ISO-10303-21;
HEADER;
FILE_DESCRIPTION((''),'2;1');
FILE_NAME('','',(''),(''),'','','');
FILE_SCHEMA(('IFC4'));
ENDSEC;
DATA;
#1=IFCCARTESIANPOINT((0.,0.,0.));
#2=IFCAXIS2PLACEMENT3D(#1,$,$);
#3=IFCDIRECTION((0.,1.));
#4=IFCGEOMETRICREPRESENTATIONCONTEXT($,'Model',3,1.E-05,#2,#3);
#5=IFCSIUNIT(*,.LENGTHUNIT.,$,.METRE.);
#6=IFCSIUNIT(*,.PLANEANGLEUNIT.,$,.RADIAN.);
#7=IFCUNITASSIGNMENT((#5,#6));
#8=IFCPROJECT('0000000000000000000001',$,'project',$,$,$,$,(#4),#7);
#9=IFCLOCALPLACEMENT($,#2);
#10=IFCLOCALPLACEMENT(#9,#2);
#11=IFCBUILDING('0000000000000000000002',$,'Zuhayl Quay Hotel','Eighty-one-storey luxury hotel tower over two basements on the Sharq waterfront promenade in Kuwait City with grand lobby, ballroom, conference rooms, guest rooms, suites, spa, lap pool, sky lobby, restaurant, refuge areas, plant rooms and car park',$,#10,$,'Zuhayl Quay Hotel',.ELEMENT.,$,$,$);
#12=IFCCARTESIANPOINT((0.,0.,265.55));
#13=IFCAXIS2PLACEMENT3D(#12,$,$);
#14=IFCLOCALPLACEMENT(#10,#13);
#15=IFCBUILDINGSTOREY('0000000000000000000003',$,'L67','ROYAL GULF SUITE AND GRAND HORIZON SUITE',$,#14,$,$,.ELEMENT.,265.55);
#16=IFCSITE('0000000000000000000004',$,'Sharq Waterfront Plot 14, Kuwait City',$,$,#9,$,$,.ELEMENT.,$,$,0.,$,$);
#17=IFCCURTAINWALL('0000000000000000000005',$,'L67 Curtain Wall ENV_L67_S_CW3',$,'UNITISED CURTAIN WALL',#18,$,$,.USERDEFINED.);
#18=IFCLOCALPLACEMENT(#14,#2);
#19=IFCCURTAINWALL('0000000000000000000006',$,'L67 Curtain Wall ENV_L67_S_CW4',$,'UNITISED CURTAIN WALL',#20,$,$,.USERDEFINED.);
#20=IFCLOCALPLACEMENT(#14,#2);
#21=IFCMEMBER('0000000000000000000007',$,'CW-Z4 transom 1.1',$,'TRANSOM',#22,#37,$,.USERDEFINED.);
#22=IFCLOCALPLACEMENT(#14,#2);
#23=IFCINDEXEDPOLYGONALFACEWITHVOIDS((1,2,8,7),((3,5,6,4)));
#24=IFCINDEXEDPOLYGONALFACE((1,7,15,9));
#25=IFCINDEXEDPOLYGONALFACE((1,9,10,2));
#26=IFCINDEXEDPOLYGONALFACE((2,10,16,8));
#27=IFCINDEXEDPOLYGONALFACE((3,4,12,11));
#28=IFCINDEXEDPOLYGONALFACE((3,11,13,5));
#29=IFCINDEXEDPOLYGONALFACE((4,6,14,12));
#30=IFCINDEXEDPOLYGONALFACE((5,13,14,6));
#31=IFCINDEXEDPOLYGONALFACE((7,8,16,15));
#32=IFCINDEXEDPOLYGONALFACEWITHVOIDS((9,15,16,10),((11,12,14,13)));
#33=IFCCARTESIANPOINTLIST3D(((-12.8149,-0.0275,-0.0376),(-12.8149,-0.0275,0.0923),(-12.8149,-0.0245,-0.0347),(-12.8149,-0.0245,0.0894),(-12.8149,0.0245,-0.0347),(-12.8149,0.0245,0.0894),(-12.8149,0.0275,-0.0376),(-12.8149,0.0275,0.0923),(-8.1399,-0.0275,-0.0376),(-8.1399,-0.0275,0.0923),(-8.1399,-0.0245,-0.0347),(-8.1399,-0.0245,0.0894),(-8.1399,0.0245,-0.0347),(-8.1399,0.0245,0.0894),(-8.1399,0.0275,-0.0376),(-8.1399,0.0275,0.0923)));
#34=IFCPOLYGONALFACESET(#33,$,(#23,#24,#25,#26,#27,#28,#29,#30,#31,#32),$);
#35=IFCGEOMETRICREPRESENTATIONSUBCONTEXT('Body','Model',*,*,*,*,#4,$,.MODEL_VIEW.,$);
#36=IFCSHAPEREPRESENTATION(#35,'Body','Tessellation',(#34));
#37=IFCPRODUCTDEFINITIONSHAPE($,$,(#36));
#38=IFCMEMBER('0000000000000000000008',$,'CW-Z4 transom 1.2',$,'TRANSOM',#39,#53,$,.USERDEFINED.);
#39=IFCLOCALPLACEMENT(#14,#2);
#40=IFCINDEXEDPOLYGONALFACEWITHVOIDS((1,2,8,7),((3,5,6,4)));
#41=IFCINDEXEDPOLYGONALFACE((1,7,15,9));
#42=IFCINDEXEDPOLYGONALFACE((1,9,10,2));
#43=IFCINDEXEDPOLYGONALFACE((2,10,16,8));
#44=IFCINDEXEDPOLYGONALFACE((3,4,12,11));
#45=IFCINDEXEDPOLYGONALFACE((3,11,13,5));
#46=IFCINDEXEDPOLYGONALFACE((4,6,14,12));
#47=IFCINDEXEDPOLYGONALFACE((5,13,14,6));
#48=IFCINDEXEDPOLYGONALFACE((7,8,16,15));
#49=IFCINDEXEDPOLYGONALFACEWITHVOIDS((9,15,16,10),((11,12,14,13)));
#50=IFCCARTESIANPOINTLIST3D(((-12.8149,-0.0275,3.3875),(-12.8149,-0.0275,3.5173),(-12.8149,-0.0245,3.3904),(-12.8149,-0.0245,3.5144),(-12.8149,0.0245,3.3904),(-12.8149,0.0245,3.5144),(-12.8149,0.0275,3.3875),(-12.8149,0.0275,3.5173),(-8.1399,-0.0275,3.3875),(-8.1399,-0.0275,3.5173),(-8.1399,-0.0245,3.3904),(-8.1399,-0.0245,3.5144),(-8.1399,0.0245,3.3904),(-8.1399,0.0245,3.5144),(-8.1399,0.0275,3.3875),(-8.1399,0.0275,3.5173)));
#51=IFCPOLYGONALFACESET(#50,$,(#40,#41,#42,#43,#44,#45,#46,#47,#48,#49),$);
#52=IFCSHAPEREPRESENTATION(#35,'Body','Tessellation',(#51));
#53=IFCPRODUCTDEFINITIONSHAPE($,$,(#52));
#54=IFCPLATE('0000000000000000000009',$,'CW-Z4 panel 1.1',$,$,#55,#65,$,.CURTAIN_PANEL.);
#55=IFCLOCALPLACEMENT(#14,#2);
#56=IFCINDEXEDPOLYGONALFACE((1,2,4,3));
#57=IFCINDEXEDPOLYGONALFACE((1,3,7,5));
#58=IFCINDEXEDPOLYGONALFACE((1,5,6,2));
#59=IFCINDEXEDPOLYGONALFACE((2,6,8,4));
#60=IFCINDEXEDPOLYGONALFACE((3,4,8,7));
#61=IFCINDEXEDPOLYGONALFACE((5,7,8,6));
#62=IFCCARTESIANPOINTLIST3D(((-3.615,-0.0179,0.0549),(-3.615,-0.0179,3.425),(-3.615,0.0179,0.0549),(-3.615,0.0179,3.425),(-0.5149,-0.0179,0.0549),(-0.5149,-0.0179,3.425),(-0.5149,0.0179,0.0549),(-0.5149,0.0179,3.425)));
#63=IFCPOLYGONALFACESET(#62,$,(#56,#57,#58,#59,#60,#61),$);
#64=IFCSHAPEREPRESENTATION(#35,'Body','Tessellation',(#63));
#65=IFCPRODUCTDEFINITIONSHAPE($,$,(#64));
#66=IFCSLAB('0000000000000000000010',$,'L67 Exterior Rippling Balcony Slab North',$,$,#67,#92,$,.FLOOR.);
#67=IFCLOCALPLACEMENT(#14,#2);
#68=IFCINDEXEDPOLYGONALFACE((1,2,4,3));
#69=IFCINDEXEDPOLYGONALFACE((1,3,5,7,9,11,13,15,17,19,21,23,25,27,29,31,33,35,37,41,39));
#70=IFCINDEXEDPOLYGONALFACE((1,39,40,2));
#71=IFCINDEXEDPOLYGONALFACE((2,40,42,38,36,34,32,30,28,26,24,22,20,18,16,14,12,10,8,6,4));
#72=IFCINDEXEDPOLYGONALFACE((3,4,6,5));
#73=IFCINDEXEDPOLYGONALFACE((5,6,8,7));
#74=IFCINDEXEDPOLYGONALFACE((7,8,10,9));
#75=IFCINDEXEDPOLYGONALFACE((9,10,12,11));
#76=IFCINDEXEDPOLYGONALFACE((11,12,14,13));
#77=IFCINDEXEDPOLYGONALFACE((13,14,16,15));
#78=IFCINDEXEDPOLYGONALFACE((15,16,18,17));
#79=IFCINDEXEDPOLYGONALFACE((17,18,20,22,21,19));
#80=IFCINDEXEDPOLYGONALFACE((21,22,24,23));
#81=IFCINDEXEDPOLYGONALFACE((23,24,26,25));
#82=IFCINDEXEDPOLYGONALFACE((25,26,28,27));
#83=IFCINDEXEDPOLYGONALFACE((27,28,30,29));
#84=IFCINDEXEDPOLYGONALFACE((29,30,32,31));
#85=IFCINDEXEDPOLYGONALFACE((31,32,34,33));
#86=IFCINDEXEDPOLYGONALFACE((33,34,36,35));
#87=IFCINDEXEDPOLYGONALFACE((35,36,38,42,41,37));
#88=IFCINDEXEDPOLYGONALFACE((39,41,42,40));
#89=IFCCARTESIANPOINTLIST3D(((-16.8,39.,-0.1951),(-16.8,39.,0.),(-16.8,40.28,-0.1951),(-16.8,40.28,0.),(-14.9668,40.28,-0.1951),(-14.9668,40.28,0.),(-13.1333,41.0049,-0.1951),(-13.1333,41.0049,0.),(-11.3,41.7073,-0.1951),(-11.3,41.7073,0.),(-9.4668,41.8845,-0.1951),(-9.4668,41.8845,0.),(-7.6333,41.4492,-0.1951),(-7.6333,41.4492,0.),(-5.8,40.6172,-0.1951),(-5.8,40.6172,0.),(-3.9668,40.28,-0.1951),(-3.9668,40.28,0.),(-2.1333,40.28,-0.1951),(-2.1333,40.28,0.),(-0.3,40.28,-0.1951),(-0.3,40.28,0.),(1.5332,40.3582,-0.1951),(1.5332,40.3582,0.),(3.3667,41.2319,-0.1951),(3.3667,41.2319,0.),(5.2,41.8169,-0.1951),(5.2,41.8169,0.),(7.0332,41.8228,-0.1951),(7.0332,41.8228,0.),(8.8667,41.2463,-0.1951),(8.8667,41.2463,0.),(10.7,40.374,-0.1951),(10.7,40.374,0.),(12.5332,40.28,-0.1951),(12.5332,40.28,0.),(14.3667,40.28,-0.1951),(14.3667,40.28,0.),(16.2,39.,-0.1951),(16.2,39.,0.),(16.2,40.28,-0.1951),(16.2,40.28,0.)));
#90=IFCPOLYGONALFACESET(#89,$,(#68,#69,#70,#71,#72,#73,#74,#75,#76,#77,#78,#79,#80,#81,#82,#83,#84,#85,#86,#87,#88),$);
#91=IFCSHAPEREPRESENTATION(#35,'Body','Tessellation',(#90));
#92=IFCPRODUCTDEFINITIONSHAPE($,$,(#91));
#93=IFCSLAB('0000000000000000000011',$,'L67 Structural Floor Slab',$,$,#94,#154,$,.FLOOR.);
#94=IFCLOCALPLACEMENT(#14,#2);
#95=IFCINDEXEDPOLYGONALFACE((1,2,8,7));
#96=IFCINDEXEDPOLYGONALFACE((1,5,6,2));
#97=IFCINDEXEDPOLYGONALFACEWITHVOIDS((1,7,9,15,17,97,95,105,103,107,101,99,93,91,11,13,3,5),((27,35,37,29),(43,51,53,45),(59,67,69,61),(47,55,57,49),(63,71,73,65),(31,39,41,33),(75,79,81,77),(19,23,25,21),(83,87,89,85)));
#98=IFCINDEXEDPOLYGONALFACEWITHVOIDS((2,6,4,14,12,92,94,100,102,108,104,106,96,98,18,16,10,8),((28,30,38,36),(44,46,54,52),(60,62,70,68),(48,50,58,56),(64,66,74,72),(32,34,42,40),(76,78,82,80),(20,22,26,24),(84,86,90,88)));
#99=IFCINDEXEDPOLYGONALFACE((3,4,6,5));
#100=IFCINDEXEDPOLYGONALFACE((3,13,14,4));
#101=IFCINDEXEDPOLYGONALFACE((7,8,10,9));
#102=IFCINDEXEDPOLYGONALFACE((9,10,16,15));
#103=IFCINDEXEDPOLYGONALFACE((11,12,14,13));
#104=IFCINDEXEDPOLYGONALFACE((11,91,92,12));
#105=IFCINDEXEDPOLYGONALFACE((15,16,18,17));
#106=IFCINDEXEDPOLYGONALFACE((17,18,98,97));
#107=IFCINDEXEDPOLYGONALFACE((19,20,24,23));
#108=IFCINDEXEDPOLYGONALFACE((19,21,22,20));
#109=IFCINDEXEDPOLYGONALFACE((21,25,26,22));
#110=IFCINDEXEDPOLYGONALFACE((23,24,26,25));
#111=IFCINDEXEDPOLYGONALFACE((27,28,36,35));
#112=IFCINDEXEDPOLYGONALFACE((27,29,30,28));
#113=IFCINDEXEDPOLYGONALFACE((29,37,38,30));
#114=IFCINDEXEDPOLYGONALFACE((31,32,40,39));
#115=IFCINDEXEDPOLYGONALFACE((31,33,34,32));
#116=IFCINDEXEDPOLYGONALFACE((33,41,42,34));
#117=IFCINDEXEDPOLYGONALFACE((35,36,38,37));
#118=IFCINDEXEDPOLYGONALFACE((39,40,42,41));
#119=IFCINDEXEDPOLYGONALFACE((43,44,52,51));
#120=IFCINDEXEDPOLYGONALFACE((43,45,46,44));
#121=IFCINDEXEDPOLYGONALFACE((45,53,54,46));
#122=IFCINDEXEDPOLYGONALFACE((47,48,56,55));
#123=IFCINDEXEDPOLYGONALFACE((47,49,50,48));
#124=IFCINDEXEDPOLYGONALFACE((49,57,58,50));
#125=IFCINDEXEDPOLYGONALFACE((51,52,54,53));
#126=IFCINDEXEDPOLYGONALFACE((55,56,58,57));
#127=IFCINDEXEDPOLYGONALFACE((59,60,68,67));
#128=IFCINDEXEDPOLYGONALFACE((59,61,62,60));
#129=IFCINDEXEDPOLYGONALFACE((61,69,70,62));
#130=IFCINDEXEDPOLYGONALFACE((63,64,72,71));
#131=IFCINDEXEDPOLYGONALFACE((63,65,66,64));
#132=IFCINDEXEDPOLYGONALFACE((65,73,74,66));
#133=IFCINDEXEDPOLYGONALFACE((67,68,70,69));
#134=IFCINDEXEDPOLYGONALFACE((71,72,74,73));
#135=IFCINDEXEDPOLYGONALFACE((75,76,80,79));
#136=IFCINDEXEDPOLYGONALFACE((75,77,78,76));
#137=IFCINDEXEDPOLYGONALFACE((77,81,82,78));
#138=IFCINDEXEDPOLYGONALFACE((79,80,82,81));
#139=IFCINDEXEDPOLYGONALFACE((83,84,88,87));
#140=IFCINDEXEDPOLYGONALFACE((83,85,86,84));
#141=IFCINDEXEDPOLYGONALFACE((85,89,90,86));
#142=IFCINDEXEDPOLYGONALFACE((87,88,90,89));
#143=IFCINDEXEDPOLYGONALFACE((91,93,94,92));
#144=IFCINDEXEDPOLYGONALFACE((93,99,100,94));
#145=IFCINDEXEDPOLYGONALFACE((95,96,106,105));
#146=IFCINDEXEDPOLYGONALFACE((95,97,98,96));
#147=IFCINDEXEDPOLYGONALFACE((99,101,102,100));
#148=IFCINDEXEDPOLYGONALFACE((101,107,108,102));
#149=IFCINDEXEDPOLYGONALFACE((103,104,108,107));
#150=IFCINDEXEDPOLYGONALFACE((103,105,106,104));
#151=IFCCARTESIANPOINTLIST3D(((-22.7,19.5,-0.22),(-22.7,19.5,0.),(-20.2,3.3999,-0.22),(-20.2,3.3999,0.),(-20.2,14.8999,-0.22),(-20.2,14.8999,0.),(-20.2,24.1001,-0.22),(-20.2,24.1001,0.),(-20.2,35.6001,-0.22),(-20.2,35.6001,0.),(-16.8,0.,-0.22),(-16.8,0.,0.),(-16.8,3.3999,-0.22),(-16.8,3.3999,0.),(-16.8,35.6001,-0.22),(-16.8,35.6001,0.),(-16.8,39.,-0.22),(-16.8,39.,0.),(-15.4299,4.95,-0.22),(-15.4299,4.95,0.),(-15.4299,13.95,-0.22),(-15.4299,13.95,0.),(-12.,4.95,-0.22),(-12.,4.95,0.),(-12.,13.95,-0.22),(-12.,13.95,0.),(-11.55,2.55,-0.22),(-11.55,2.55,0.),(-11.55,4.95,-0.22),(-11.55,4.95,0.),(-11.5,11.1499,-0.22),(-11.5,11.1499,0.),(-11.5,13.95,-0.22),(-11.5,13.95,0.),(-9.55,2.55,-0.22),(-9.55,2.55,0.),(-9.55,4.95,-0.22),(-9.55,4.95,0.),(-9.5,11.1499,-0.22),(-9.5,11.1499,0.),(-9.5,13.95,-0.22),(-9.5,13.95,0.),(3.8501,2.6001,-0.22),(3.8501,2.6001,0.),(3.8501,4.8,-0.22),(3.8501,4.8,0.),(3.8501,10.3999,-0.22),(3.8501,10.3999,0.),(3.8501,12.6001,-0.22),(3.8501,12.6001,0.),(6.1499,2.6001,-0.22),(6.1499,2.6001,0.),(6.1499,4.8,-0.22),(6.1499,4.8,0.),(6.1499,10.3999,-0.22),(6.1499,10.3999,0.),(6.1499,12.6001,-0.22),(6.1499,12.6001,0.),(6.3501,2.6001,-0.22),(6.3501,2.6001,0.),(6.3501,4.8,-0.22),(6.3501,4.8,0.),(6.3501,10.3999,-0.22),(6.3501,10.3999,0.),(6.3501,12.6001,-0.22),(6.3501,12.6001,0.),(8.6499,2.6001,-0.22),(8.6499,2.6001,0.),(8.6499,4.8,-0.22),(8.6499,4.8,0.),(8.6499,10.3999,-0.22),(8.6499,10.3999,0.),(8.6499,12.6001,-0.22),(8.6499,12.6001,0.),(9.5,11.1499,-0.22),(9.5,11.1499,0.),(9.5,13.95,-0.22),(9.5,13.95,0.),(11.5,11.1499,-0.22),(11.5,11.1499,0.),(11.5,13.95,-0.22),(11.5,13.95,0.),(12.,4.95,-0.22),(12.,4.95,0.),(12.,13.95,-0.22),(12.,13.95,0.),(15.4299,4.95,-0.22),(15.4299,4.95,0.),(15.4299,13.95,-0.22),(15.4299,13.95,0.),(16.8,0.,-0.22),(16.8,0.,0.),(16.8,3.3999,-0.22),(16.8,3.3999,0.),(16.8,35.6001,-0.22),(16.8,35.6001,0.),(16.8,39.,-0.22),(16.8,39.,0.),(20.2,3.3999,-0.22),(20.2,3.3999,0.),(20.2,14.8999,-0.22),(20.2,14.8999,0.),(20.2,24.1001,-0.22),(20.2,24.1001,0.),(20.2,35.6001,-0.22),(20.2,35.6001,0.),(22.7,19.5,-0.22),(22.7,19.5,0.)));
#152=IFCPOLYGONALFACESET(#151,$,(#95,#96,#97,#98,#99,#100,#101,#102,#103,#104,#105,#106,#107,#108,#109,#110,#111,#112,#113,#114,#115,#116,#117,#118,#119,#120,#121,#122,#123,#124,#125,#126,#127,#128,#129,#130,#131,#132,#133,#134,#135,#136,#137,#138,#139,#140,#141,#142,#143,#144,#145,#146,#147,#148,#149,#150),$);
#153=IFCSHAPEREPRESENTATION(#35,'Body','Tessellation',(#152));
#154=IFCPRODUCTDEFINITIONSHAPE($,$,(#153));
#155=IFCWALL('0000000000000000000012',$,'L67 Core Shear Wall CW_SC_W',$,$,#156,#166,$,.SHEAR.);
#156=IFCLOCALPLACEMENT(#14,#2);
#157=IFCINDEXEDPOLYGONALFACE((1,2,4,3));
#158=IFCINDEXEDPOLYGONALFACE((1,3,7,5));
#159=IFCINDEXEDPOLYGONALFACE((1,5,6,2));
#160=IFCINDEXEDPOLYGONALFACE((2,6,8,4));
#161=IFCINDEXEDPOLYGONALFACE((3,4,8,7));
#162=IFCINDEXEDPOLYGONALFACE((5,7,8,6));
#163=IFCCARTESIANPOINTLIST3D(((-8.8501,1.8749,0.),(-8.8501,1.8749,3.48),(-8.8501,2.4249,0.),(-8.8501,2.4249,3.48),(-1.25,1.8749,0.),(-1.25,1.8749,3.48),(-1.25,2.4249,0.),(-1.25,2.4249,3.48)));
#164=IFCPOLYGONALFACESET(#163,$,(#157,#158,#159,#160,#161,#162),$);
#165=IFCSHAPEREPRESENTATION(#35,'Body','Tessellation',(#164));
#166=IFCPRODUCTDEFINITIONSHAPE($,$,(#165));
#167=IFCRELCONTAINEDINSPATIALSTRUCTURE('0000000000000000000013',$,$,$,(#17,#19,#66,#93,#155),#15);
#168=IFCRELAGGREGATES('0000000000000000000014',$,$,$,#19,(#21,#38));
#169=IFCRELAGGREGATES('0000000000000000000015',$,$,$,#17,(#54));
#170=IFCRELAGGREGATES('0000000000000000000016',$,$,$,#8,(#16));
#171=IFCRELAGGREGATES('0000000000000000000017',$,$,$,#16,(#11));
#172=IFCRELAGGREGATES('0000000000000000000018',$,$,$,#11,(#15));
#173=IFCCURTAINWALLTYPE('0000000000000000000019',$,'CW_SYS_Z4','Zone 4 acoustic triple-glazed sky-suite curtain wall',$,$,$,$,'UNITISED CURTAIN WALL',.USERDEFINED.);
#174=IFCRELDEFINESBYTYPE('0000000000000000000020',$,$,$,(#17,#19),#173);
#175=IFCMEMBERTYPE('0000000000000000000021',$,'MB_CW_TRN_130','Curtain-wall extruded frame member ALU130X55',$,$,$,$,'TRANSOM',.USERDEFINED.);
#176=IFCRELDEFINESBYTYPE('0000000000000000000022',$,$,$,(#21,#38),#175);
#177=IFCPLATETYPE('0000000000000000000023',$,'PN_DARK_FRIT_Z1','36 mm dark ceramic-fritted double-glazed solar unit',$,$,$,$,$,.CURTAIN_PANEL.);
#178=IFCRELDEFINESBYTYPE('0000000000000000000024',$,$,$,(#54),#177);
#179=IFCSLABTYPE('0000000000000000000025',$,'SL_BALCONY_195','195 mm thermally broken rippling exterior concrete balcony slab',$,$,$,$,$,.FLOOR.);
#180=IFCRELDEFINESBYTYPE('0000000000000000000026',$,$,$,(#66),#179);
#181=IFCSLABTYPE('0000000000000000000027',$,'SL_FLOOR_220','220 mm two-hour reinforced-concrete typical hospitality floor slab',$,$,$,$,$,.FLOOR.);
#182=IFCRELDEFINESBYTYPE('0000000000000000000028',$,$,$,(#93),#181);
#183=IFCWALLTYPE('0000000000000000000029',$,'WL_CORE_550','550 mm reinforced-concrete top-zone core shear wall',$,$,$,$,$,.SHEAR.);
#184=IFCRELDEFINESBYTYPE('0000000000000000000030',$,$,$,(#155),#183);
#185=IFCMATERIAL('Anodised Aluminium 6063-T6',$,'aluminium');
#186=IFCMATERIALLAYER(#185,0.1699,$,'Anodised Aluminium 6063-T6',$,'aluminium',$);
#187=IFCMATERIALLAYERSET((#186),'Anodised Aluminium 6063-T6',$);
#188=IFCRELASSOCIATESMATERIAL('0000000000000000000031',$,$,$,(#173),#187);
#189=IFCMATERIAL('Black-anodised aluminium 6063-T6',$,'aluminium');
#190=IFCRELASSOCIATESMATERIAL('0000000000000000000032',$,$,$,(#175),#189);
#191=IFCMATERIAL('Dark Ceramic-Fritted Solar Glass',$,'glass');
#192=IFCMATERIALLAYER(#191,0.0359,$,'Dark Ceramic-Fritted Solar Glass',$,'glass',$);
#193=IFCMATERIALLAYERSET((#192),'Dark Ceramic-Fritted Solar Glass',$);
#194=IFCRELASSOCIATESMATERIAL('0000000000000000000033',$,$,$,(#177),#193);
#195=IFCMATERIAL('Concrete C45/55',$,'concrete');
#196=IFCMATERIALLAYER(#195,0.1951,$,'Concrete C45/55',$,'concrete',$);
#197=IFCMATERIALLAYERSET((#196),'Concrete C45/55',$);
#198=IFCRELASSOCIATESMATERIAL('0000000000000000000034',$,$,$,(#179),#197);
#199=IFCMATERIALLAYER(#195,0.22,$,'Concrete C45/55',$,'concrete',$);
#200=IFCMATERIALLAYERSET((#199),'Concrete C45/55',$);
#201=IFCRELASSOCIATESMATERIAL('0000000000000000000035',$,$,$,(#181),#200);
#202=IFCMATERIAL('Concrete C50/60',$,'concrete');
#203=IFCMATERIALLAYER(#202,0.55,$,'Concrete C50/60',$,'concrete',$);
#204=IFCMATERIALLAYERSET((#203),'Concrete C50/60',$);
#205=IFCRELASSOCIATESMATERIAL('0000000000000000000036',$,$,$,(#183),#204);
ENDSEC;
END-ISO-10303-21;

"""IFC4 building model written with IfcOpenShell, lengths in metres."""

from ifc_helpers import new_model, si_unit, direction, frame, frame_2d, origin, origin_2d, place, context, subcontext, project, spatial, polyline, rectangle, hollow_rectangle, outline, extrude, material, layer, layer_set, material_profile, profile_set, type_object, element, aggregate, save


model = new_model("IFC4")

# Units and contexts
model_context = context("Model", 3, precision=1e-05, world=origin(), true_north=direction((0.0, 1.0)))
body_context = subcontext(model_context, "Body", "Model", "MODEL_VIEW")
ifc_project = project(units=[si_unit("LENGTHUNIT", "METRE"), si_unit("PLANEANGLEUNIT", "RADIAN")], contexts=[model_context])

# Site, building, storey
site_placement = place(None, origin())
site = spatial("IfcSite", under=ifc_project, at=site_placement, Name="Sharq Waterfront Plot 14, Kuwait City", CompositionType="ELEMENT", RefElevation=0.0)
building_placement = place(site_placement, origin())
building = spatial("IfcBuilding", under=site, at=building_placement, Name="Zuhayl Quay Hotel", Description="Eighty-one-storey luxury hotel tower over two basements on the Sharq waterfront promenade in Kuwait City with grand lobby, ballroom, conference rooms, guest rooms, suites, spa, lap pool, sky lobby, restaurant, refuge areas, plant rooms and car park", LongName="Zuhayl Quay Hotel", CompositionType="ELEMENT")
storey_placement = place(building_placement, frame((0.0, 0.0, 265.55)))
storey = spatial("IfcBuildingStorey", under=building, at=storey_placement, Name="L67", Description="ROYAL GULF SUITE AND GRAND HORIZON SUITE", CompositionType="ELEMENT", Elevation=265.55)

# Curtain wall
ifc_material_1 = material(Name="Anodised Aluminium 6063-T6", Category="aluminium")
ifc_layer_1 = layer(ifc_material_1, 0.1699, Name="Anodised Aluminium 6063-T6", Category="aluminium")
ifc_layer_set_1 = layer_set([ifc_layer_1], Name="Anodised Aluminium 6063-T6")
curtain_wall_type = type_object("IfcCurtainWallType", Name="CW_SYS_Z4", Description="Zone 4 acoustic triple-glazed sky-suite curtain wall", ElementType="UNITISED CURTAIN WALL", PredefinedType="USERDEFINED", material=ifc_layer_set_1)
curtain_wall_1_placement = place(storey_placement, origin())
curtain_wall_1 = element("IfcCurtainWall", 1, at=curtain_wall_1_placement, inside=storey, type_object=curtain_wall_type, Name="L67 Curtain Wall ENV_L67_S_CW3", ObjectType="UNITISED CURTAIN WALL", PredefinedType="USERDEFINED")
ifc_material_2 = material(Name="Black-anodised aluminium 6063-T6", Category="aluminium")

# Curtain wall
curtain_wall_2_placement = place(storey_placement, origin())
curtain_wall_2 = element("IfcCurtainWall", 2, at=curtain_wall_2_placement, inside=storey, type_object=curtain_wall_type, Name="L67 Curtain Wall ENV_L67_S_CW4", ObjectType="UNITISED CURTAIN WALL", PredefinedType="USERDEFINED")

# Members
ifc_material_profile_1 = material_profile(ifc_material_2, hollow_rectangle(XDim=0.0549, YDim=0.1299, WallThickness=0.0029, at=origin_2d()), Name="ALU130X55")
ifc_profile_set_1 = profile_set([ifc_material_profile_1], Name="Black-anodised aluminium 6063-T6")
member_type_1 = type_object("IfcMemberType", Name="MB_CW_TRN_130", Description="Curtain-wall extruded frame member ALU130X55", ElementType="TRANSOM", PredefinedType="USERDEFINED", material=ifc_profile_set_1)
member_1_placement = place(storey_placement, frame((-8.1399, 0.0, 0.0273), z_axis=(-1.0, 0.0, 0.0), x_axis=(0.0, -1.0, 0.0)))
member_1 = element("IfcMember", 3, at=member_1_placement, type_object=member_type_1, Name="CW-Z4 transom 1.1", ObjectType="TRANSOM", PredefinedType="USERDEFINED", context=body_context, shape_type="SweptSolid", body=[
    extrude(hollow_rectangle(XDim=0.0549, YDim=0.1299, WallThickness=0.0029, at=origin_2d()), origin(), (0.0, 0.0, 1.0), 4.675),
])
member_2_placement = place(storey_placement, frame((-8.1399, 0.0, 3.4524), z_axis=(-1.0, 0.0, 0.0), x_axis=(0.0, -1.0, 0.0)))
member_2 = element("IfcMember", 4, at=member_2_placement, type_object=member_type_1, Name="CW-Z4 transom 1.2", ObjectType="TRANSOM", PredefinedType="USERDEFINED", context=body_context, shape_type="SweptSolid", body=[
    extrude(hollow_rectangle(XDim=0.0549, YDim=0.1299, WallThickness=0.0029, at=origin_2d()), origin(), (0.0, 0.0, 1.0), 4.675),
])
aggregate(curtain_wall_2, [member_1, member_2])

# Plate
ifc_material_3 = material(Name="Dark Ceramic-Fritted Solar Glass", Category="glass")
ifc_layer_2 = layer(ifc_material_3, 0.0359, Name="Dark Ceramic-Fritted Solar Glass", Category="glass")
ifc_layer_set_2 = layer_set([ifc_layer_2], Name="Dark Ceramic-Fritted Solar Glass")
plate_type = type_object("IfcPlateType", Name="PN_DARK_FRIT_Z1", Description="36 mm dark ceramic-fritted double-glazed solar unit", PredefinedType="CURTAIN_PANEL", material=ifc_layer_set_2)
plate_placement = place(storey_placement, frame((-2.0649, 0.0, 0.0549), z_axis=(0.0, 0.0, 1.0), x_axis=(-1.0, 0.0, 0.0)))
plate = element("IfcPlate", 5, at=plate_placement, type_object=plate_type, Name="CW-Z4 panel 1.1", PredefinedType="CURTAIN_PANEL", context=body_context, shape_type="SweptSolid", body=[
    extrude(rectangle(XDim=3.1001, YDim=0.0359, at=origin_2d()), origin(), (0.0, 0.0, 1.0), 3.3701),
])
aggregate(curtain_wall_1, [plate])

# Slabs
ifc_material_4 = material(Name="Concrete C45/55", Category="concrete")
ifc_layer_3 = layer(ifc_material_4, 0.1951, Name="Concrete C45/55", Category="concrete")
ifc_layer_set_3 = layer_set([ifc_layer_3], Name="Concrete C45/55")
slab_type_1 = type_object("IfcSlabType", Name="SL_BALCONY_195", Description="195 mm thermally broken rippling exterior concrete balcony slab", PredefinedType="FLOOR", material=ifc_layer_set_3)
slab_1_placement = place(storey_placement, frame((0.0, 0.0, -0.1951)))
element("IfcSlab", 6, at=slab_1_placement, inside=storey, type_object=slab_type_1, Name="L67 Exterior Rippling Balcony Slab North", PredefinedType="FLOOR", context=body_context, shape_type="SweptSolid", body=[
    extrude(outline(polyline([(-16.8, 39.0), (16.2, 39.0), (16.2, 40.28), (14.3667, 40.28), (12.5332, 40.28), (10.7, 40.374), (8.8667, 41.2463), (7.0332, 41.8228), (5.2, 41.8169), (3.3667, 41.2319), (1.5332, 40.3582), (-0.3, 40.28), (-2.1333, 40.28), (-3.9668, 40.28), (-5.8, 40.6172), (-7.6333, 41.4492), (-9.4668, 41.8845), (-11.3, 41.7073), (-13.1333, 41.0049), (-14.9668, 40.28), (-16.8, 40.28), (-16.8, 39.0)])), origin(), (0.0, 0.0, 1.0), 0.1951),
])
ifc_layer_4 = layer(ifc_material_4, 0.22, Name="Concrete C45/55", Category="concrete")
ifc_layer_set_4 = layer_set([ifc_layer_4], Name="Concrete C45/55")
slab_type_2 = type_object("IfcSlabType", Name="SL_FLOOR_220", Description="220 mm two-hour reinforced-concrete typical hospitality floor slab", PredefinedType="FLOOR", material=ifc_layer_set_4)
slab_2_placement = place(storey_placement, frame((0.0, 0.0, -0.22)))
element("IfcSlab", 7, at=slab_2_placement, inside=storey, type_object=slab_type_2, Name="L67 Structural Floor Slab", PredefinedType="FLOOR", context=body_context, shape_type="SweptSolid", body=[
    extrude(outline(polyline([(-16.8, 0.0), (16.8, 0.0), (16.8, 3.3999), (20.2, 3.3999), (20.2, 14.8999), (22.7, 19.5), (20.2, 24.1001), (20.2, 35.6001), (16.8, 35.6001), (16.8, 39.0), (-16.8, 39.0), (-16.8, 35.6001), (-20.2, 35.6001), (-20.2, 24.1001), (-22.7, 19.5), (-20.2, 14.8999), (-20.2, 3.3999), (-16.8, 3.3999), (-16.8, 0.0)]), holes=[polyline([(-12.0, 4.95), (-12.0, 13.95), (-15.4299, 13.95), (-15.4299, 4.95), (-12.0, 4.95)]), polyline([(15.4299, 4.95), (15.4299, 13.95), (12.0, 13.95), (12.0, 4.95), (15.4299, 4.95)]), polyline([(-11.5, 11.1499), (-9.5, 11.1499), (-9.5, 13.95), (-11.5, 13.95), (-11.5, 11.1499)]), polyline([(9.5, 11.1499), (11.5, 11.1499), (11.5, 13.95), (9.5, 13.95), (9.5, 11.1499)]), polyline([(3.8501, 2.6001), (6.1499, 2.6001), (6.1499, 4.8), (3.8501, 4.8), (3.8501, 2.6001)]), polyline([(6.3501, 2.6001), (8.6499, 2.6001), (8.6499, 4.8), (6.3501, 4.8), (6.3501, 2.6001)]), polyline([(3.8501, 10.3999), (6.1499, 10.3999), (6.1499, 12.6001), (3.8501, 12.6001), (3.8501, 10.3999)]), polyline([(6.3501, 10.3999), (8.6499, 10.3999), (8.6499, 12.6001), (6.3501, 12.6001), (6.3501, 10.3999)]), polyline([(-11.55, 2.55), (-9.55, 2.55), (-9.55, 4.95), (-11.55, 4.95), (-11.55, 2.55)])]), origin(), (0.0, 0.0, 1.0), 0.22),
])

# Wall
ifc_material_5 = material(Name="Concrete C50/60", Category="concrete")
ifc_layer_5 = layer(ifc_material_5, 0.55, Name="Concrete C50/60", Category="concrete")
ifc_layer_set_5 = layer_set([ifc_layer_5], Name="Concrete C50/60")
wall_type_1 = type_object("IfcWallType", Name="WL_CORE_550", Description="550 mm reinforced-concrete top-zone core shear wall", PredefinedType="SHEAR", material=ifc_layer_set_5)
wall_1_placement = place(storey_placement, frame((-8.8501, 2.1499, 0.0), z_axis=(0.0, 0.0, 1.0), x_axis=(1.0, 0.0, 0.0)))
element("IfcWall", 8, at=wall_1_placement, inside=storey, type_object=wall_type_1, Name="L67 Core Shear Wall CW_SC_W", PredefinedType="SHEAR", context=body_context, shape_type="SweptSolid", body=[
    extrude(rectangle(XDim=7.6001, YDim=0.55, at=frame_2d((3.8, 0.0))), origin(), (0.0, 0.0, 1.0), 3.48),
])

save(model, "model.ifc")
